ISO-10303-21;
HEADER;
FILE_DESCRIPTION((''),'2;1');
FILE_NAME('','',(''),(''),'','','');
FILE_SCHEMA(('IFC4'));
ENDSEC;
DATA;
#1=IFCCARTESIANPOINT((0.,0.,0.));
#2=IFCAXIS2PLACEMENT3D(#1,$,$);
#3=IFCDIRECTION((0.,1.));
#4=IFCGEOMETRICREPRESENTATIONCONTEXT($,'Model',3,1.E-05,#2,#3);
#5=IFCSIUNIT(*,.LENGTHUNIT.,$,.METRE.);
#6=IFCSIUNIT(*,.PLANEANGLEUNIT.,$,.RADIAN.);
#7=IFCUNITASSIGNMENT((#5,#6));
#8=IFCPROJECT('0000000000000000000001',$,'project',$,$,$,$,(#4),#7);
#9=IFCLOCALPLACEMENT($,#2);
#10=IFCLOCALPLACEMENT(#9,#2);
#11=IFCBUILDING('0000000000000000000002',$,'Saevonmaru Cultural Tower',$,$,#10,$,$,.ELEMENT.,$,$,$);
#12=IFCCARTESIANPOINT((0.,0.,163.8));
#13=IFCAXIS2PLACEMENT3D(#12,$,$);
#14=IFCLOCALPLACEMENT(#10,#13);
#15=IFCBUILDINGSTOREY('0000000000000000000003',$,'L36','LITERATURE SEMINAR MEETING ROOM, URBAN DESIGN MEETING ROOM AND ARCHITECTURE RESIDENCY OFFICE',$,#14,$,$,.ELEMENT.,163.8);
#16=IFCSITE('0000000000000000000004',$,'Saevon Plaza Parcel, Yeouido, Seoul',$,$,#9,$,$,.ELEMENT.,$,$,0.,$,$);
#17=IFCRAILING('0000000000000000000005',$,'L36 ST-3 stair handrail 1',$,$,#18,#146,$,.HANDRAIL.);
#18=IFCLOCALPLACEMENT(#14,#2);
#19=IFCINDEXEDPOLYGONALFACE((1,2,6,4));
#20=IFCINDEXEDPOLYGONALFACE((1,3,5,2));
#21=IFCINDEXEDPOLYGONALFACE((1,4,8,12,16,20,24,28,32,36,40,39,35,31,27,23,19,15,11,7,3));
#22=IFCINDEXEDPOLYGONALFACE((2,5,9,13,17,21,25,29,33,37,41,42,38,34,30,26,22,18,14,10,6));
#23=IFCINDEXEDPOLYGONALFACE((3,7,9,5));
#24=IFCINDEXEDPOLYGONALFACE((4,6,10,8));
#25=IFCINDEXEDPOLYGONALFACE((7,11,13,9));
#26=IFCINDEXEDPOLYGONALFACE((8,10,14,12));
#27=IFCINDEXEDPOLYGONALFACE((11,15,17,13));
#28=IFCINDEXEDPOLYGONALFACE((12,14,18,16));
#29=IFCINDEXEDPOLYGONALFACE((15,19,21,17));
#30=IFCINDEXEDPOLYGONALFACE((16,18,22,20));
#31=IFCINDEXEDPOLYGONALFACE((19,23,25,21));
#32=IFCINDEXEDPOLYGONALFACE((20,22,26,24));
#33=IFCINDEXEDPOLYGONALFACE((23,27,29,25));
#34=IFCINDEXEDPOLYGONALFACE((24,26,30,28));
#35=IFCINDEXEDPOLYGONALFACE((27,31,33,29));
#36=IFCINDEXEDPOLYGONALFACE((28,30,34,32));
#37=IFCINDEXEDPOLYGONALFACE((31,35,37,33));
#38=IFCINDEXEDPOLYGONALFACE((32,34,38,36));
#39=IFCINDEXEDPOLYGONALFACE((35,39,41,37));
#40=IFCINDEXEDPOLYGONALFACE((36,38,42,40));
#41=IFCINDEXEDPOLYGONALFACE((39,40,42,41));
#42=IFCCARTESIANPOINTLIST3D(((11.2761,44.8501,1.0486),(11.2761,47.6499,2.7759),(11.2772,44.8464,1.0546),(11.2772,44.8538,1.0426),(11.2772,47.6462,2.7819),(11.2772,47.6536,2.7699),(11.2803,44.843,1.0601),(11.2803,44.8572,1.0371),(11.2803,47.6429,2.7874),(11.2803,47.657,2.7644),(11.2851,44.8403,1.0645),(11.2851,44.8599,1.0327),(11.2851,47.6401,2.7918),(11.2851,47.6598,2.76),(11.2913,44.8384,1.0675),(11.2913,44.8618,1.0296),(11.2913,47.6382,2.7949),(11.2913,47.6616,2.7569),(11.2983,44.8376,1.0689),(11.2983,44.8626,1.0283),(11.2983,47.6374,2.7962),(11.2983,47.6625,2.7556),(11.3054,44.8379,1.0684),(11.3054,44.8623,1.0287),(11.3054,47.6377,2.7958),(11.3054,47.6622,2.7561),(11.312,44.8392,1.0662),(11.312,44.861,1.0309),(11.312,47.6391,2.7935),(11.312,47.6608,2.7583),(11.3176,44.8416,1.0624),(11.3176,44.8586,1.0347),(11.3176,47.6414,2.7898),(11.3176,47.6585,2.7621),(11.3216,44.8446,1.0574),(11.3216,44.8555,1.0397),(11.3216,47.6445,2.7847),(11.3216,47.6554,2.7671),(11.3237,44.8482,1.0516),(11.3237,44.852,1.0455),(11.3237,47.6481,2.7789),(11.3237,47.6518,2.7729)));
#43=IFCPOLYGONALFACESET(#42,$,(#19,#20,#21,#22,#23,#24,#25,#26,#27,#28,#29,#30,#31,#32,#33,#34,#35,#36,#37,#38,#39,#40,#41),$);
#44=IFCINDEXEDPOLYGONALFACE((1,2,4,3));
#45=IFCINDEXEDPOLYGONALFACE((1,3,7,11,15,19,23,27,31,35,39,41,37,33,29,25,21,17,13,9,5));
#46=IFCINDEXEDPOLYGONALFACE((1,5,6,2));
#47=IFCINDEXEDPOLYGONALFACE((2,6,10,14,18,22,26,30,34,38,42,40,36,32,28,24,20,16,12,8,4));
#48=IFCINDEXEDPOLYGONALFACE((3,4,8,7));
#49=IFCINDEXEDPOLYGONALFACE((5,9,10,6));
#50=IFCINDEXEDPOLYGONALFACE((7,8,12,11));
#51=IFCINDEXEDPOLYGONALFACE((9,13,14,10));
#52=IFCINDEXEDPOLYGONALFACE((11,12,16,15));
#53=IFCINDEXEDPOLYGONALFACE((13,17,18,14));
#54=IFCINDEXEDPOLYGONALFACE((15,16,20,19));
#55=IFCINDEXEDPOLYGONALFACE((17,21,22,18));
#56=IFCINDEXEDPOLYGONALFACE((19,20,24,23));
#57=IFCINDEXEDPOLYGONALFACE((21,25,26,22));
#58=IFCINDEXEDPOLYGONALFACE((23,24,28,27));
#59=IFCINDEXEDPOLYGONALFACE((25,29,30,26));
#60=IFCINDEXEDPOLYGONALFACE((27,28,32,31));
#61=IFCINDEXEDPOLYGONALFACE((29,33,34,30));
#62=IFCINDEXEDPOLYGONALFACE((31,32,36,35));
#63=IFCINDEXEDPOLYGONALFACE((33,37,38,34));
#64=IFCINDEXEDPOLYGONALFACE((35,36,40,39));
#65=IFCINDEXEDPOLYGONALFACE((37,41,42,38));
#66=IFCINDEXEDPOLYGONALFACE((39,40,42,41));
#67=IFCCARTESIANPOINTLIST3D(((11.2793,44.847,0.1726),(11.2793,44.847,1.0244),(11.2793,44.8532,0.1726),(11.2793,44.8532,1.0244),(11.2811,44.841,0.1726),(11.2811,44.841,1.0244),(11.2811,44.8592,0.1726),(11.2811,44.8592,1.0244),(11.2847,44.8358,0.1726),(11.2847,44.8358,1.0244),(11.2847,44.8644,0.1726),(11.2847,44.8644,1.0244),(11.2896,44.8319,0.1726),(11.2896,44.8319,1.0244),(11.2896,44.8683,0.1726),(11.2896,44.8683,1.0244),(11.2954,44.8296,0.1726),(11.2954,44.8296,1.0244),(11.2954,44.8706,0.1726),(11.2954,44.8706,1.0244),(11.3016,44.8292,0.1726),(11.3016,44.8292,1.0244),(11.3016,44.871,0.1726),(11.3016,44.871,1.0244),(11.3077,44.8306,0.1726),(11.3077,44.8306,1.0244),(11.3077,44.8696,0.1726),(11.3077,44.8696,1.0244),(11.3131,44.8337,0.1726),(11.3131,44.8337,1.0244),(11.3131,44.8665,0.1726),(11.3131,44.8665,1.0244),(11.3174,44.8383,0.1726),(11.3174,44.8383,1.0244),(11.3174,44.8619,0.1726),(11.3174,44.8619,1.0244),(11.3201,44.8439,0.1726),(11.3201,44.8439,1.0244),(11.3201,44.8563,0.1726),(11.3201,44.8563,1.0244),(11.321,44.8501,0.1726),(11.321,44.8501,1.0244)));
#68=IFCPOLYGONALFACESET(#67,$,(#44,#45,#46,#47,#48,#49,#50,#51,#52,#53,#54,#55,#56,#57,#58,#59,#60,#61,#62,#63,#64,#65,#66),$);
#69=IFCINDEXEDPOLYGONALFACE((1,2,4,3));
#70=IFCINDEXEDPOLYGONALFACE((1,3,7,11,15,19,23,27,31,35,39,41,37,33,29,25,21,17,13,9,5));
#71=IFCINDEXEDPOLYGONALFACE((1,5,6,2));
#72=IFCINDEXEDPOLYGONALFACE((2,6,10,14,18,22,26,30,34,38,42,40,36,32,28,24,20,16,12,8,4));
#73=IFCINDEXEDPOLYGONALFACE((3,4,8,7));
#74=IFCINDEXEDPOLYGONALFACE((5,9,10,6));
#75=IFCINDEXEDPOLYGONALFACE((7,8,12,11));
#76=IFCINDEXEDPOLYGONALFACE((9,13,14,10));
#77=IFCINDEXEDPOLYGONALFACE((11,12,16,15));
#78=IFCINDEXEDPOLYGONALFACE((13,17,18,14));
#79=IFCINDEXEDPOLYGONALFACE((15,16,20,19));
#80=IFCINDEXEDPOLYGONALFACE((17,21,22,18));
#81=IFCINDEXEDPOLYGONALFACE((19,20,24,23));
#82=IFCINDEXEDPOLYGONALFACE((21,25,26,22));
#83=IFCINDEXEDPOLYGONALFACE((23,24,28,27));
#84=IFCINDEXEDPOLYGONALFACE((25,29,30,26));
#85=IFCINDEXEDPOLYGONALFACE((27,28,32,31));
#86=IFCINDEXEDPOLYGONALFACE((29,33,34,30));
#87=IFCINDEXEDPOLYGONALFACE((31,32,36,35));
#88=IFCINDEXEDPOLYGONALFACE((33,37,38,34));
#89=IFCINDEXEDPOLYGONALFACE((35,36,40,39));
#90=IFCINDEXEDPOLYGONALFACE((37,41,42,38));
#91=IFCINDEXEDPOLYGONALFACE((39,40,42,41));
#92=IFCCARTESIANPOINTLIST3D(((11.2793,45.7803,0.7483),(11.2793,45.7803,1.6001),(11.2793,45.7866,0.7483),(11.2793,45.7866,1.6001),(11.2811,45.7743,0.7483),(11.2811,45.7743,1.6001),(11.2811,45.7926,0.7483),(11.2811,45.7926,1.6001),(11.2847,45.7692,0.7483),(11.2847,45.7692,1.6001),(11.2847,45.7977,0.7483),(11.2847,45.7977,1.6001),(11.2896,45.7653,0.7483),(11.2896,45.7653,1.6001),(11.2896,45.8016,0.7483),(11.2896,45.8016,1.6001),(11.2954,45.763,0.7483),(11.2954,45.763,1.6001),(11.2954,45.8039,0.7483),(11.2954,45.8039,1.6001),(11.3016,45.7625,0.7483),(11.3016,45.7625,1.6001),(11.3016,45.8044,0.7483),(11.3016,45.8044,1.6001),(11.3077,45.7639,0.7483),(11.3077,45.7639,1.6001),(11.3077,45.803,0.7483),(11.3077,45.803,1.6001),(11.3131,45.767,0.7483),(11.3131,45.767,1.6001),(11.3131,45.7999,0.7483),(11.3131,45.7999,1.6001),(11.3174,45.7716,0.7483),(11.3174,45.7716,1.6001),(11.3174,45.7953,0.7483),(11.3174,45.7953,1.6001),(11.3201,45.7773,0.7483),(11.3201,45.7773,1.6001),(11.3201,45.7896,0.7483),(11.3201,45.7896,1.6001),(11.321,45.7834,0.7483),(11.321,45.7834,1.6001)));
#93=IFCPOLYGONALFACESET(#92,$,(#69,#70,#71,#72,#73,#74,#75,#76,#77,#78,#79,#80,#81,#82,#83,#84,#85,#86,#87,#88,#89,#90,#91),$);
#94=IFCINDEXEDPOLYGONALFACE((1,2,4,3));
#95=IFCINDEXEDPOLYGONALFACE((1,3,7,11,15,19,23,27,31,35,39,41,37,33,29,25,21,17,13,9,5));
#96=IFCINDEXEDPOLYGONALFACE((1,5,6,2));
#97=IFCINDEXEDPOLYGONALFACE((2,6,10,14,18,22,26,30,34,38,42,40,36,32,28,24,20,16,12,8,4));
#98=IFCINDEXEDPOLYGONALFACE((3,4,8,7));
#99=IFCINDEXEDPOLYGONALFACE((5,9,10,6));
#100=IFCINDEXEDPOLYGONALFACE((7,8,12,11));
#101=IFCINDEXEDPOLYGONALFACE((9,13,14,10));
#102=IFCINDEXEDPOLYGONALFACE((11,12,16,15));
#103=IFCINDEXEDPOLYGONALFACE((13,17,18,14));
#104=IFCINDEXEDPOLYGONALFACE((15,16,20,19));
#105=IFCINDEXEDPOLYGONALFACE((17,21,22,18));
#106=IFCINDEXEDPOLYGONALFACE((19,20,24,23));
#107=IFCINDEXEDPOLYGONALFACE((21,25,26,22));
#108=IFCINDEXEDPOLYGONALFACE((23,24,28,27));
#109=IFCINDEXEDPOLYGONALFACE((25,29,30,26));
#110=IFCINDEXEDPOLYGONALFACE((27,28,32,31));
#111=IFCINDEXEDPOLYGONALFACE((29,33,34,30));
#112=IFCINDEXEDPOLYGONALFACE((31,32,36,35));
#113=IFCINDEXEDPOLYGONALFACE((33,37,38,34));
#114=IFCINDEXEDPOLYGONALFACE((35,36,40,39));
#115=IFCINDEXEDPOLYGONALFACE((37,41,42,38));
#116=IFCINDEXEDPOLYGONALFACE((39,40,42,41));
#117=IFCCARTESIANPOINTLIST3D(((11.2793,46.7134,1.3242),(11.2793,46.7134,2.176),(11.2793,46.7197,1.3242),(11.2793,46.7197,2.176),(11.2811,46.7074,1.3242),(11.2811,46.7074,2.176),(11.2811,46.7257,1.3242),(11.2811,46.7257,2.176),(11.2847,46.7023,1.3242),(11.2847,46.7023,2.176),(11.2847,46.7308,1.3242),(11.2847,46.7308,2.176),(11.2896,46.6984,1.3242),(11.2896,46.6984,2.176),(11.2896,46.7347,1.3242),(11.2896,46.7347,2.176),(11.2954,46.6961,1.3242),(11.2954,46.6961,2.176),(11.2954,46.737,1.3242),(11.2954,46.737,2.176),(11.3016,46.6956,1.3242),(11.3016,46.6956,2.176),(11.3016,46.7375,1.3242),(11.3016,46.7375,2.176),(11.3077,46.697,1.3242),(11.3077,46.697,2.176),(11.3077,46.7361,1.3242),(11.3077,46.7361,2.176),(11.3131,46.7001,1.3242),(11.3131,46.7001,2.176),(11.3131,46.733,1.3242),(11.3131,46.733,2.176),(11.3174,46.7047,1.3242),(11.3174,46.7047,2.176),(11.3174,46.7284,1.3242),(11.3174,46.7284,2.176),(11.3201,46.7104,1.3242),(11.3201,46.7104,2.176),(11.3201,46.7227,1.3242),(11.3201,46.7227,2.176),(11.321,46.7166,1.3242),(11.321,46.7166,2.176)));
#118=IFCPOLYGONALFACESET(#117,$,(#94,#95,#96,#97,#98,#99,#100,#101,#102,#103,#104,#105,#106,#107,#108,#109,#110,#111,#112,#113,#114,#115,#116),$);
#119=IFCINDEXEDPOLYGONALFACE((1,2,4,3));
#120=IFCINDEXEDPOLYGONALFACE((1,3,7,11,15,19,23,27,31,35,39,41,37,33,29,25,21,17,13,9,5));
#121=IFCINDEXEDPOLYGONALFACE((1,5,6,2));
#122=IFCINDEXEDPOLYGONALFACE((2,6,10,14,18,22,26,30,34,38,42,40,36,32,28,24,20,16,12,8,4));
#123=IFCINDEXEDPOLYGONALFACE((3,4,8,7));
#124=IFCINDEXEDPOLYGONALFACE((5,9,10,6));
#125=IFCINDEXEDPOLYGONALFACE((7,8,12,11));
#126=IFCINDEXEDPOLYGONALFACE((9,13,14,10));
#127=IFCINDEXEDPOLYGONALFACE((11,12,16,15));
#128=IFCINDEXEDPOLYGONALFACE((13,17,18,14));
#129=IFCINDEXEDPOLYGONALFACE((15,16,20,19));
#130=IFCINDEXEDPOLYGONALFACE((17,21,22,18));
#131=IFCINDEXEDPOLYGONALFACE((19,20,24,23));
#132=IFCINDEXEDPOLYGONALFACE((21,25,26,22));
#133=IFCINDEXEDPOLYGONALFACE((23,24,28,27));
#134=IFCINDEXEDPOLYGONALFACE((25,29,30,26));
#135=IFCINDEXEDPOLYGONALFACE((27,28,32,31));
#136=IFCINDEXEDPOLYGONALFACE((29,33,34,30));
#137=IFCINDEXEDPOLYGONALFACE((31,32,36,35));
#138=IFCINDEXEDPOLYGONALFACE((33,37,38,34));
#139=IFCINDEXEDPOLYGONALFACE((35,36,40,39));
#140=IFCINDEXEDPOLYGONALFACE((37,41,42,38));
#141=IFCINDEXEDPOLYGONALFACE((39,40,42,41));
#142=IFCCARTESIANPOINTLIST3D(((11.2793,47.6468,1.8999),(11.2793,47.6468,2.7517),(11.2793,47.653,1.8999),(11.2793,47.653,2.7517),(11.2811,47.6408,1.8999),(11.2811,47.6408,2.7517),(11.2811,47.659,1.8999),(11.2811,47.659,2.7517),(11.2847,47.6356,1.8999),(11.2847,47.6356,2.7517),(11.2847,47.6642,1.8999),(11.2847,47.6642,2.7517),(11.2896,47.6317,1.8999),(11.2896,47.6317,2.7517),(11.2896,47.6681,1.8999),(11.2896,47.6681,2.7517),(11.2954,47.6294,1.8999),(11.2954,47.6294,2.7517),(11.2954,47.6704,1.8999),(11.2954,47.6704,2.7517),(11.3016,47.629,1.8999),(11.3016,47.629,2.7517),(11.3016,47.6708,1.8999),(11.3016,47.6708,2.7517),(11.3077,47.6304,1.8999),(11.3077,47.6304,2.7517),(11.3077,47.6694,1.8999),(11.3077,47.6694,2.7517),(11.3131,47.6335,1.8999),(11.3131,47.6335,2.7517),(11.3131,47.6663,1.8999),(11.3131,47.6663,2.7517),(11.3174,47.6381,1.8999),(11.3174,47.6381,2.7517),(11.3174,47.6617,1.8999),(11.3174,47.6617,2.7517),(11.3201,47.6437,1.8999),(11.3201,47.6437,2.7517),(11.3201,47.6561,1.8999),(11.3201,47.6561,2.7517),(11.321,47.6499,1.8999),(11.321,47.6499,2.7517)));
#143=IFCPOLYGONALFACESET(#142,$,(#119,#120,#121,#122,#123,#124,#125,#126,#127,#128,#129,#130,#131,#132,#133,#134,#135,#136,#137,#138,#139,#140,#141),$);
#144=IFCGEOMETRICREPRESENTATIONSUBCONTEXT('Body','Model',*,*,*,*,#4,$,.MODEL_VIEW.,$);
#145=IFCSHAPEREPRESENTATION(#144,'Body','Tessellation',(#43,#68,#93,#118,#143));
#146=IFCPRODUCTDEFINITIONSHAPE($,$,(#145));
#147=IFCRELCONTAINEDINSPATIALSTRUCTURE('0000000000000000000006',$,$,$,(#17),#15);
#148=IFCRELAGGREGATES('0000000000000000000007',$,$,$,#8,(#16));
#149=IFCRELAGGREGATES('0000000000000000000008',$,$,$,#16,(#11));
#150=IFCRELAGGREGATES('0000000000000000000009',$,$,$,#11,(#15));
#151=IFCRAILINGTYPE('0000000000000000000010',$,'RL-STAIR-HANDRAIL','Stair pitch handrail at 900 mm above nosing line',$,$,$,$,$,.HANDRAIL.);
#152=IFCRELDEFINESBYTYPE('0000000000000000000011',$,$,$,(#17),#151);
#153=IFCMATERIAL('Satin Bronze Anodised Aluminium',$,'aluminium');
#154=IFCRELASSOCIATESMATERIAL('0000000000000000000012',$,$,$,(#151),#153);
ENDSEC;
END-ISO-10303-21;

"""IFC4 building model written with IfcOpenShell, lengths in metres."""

from ifc_helpers import new_model, si_unit, direction, frame, origin, origin_2d, place, context, subcontext, project, spatial, circle, extrude, material, type_object, element, save


model = new_model("IFC4")

# Units and contexts
model_context = context("Model", 3, precision=1e-05, world=origin(), true_north=direction((0.0, 1.0)))
body_context = subcontext(model_context, "Body", "Model", "MODEL_VIEW")
ifc_project = project(units=[si_unit("LENGTHUNIT", "METRE"), si_unit("PLANEANGLEUNIT", "RADIAN")], contexts=[model_context])

# Site, building, storey
site_placement = place(None, origin())
site = spatial("IfcSite", under=ifc_project, at=site_placement, Name="Saevon Plaza Parcel, Yeouido, Seoul", CompositionType="ELEMENT", RefElevation=0.0)
building_placement = place(site_placement, origin())
building = spatial("IfcBuilding", under=site, at=building_placement, Name="Saevonmaru Cultural Tower", CompositionType="ELEMENT")
storey_placement = place(building_placement, frame((0.0, 0.0, 163.8)))
storey = spatial("IfcBuildingStorey", under=building, at=storey_placement, Name="L36", Description="LITERATURE SEMINAR MEETING ROOM, URBAN DESIGN MEETING ROOM AND ARCHITECTURE RESIDENCY OFFICE", CompositionType="ELEMENT", Elevation=163.8)

# Shared definitions
ifc_material_1 = material(Name="Satin Bronze Anodised Aluminium", Category="aluminium")

# Railing
railing_type_1 = type_object("IfcRailingType", Name="RL-STAIR-HANDRAIL", Description="Stair pitch handrail at 900 mm above nosing line", PredefinedType="HANDRAIL", material=ifc_material_1)
railing_1_placement = place(storey_placement, frame((11.3, 44.8501, 0.1726)))
element("IfcRailing", 1, at=railing_1_placement, inside=storey, type_object=railing_type_1, Name="L36 ST-3 stair handrail 1", PredefinedType="HANDRAIL", context=body_context, shape_type="SweptSolid", body=[
    extrude(circle(Radius=0.0239, at=origin_2d()), frame((0.0, 0.0, 0.876), z_axis=(0.0, 0.851069, 0.525054), x_axis=(-1.0, 0.0, 0.0)), (0.0, 0.0, 1.0), 3.2898),
    extrude(circle(Radius=0.021, at=origin_2d()), origin(), (0.0, 0.0, 1.0), 0.8518),
    extrude(circle(Radius=0.021, at=origin_2d()), frame((0.0, 0.9333, 0.5757)), (0.0, 0.0, 1.0), 0.8518),
    extrude(circle(Radius=0.021, at=origin_2d()), frame((0.0, 1.8665, 1.1516)), (0.0, 0.0, 1.0), 0.8518),
    extrude(circle(Radius=0.021, at=origin_2d()), frame((0.0, 2.7998, 1.7273)), (0.0, 0.0, 1.0), 0.8518),
])

save(model, "model.ifc")
